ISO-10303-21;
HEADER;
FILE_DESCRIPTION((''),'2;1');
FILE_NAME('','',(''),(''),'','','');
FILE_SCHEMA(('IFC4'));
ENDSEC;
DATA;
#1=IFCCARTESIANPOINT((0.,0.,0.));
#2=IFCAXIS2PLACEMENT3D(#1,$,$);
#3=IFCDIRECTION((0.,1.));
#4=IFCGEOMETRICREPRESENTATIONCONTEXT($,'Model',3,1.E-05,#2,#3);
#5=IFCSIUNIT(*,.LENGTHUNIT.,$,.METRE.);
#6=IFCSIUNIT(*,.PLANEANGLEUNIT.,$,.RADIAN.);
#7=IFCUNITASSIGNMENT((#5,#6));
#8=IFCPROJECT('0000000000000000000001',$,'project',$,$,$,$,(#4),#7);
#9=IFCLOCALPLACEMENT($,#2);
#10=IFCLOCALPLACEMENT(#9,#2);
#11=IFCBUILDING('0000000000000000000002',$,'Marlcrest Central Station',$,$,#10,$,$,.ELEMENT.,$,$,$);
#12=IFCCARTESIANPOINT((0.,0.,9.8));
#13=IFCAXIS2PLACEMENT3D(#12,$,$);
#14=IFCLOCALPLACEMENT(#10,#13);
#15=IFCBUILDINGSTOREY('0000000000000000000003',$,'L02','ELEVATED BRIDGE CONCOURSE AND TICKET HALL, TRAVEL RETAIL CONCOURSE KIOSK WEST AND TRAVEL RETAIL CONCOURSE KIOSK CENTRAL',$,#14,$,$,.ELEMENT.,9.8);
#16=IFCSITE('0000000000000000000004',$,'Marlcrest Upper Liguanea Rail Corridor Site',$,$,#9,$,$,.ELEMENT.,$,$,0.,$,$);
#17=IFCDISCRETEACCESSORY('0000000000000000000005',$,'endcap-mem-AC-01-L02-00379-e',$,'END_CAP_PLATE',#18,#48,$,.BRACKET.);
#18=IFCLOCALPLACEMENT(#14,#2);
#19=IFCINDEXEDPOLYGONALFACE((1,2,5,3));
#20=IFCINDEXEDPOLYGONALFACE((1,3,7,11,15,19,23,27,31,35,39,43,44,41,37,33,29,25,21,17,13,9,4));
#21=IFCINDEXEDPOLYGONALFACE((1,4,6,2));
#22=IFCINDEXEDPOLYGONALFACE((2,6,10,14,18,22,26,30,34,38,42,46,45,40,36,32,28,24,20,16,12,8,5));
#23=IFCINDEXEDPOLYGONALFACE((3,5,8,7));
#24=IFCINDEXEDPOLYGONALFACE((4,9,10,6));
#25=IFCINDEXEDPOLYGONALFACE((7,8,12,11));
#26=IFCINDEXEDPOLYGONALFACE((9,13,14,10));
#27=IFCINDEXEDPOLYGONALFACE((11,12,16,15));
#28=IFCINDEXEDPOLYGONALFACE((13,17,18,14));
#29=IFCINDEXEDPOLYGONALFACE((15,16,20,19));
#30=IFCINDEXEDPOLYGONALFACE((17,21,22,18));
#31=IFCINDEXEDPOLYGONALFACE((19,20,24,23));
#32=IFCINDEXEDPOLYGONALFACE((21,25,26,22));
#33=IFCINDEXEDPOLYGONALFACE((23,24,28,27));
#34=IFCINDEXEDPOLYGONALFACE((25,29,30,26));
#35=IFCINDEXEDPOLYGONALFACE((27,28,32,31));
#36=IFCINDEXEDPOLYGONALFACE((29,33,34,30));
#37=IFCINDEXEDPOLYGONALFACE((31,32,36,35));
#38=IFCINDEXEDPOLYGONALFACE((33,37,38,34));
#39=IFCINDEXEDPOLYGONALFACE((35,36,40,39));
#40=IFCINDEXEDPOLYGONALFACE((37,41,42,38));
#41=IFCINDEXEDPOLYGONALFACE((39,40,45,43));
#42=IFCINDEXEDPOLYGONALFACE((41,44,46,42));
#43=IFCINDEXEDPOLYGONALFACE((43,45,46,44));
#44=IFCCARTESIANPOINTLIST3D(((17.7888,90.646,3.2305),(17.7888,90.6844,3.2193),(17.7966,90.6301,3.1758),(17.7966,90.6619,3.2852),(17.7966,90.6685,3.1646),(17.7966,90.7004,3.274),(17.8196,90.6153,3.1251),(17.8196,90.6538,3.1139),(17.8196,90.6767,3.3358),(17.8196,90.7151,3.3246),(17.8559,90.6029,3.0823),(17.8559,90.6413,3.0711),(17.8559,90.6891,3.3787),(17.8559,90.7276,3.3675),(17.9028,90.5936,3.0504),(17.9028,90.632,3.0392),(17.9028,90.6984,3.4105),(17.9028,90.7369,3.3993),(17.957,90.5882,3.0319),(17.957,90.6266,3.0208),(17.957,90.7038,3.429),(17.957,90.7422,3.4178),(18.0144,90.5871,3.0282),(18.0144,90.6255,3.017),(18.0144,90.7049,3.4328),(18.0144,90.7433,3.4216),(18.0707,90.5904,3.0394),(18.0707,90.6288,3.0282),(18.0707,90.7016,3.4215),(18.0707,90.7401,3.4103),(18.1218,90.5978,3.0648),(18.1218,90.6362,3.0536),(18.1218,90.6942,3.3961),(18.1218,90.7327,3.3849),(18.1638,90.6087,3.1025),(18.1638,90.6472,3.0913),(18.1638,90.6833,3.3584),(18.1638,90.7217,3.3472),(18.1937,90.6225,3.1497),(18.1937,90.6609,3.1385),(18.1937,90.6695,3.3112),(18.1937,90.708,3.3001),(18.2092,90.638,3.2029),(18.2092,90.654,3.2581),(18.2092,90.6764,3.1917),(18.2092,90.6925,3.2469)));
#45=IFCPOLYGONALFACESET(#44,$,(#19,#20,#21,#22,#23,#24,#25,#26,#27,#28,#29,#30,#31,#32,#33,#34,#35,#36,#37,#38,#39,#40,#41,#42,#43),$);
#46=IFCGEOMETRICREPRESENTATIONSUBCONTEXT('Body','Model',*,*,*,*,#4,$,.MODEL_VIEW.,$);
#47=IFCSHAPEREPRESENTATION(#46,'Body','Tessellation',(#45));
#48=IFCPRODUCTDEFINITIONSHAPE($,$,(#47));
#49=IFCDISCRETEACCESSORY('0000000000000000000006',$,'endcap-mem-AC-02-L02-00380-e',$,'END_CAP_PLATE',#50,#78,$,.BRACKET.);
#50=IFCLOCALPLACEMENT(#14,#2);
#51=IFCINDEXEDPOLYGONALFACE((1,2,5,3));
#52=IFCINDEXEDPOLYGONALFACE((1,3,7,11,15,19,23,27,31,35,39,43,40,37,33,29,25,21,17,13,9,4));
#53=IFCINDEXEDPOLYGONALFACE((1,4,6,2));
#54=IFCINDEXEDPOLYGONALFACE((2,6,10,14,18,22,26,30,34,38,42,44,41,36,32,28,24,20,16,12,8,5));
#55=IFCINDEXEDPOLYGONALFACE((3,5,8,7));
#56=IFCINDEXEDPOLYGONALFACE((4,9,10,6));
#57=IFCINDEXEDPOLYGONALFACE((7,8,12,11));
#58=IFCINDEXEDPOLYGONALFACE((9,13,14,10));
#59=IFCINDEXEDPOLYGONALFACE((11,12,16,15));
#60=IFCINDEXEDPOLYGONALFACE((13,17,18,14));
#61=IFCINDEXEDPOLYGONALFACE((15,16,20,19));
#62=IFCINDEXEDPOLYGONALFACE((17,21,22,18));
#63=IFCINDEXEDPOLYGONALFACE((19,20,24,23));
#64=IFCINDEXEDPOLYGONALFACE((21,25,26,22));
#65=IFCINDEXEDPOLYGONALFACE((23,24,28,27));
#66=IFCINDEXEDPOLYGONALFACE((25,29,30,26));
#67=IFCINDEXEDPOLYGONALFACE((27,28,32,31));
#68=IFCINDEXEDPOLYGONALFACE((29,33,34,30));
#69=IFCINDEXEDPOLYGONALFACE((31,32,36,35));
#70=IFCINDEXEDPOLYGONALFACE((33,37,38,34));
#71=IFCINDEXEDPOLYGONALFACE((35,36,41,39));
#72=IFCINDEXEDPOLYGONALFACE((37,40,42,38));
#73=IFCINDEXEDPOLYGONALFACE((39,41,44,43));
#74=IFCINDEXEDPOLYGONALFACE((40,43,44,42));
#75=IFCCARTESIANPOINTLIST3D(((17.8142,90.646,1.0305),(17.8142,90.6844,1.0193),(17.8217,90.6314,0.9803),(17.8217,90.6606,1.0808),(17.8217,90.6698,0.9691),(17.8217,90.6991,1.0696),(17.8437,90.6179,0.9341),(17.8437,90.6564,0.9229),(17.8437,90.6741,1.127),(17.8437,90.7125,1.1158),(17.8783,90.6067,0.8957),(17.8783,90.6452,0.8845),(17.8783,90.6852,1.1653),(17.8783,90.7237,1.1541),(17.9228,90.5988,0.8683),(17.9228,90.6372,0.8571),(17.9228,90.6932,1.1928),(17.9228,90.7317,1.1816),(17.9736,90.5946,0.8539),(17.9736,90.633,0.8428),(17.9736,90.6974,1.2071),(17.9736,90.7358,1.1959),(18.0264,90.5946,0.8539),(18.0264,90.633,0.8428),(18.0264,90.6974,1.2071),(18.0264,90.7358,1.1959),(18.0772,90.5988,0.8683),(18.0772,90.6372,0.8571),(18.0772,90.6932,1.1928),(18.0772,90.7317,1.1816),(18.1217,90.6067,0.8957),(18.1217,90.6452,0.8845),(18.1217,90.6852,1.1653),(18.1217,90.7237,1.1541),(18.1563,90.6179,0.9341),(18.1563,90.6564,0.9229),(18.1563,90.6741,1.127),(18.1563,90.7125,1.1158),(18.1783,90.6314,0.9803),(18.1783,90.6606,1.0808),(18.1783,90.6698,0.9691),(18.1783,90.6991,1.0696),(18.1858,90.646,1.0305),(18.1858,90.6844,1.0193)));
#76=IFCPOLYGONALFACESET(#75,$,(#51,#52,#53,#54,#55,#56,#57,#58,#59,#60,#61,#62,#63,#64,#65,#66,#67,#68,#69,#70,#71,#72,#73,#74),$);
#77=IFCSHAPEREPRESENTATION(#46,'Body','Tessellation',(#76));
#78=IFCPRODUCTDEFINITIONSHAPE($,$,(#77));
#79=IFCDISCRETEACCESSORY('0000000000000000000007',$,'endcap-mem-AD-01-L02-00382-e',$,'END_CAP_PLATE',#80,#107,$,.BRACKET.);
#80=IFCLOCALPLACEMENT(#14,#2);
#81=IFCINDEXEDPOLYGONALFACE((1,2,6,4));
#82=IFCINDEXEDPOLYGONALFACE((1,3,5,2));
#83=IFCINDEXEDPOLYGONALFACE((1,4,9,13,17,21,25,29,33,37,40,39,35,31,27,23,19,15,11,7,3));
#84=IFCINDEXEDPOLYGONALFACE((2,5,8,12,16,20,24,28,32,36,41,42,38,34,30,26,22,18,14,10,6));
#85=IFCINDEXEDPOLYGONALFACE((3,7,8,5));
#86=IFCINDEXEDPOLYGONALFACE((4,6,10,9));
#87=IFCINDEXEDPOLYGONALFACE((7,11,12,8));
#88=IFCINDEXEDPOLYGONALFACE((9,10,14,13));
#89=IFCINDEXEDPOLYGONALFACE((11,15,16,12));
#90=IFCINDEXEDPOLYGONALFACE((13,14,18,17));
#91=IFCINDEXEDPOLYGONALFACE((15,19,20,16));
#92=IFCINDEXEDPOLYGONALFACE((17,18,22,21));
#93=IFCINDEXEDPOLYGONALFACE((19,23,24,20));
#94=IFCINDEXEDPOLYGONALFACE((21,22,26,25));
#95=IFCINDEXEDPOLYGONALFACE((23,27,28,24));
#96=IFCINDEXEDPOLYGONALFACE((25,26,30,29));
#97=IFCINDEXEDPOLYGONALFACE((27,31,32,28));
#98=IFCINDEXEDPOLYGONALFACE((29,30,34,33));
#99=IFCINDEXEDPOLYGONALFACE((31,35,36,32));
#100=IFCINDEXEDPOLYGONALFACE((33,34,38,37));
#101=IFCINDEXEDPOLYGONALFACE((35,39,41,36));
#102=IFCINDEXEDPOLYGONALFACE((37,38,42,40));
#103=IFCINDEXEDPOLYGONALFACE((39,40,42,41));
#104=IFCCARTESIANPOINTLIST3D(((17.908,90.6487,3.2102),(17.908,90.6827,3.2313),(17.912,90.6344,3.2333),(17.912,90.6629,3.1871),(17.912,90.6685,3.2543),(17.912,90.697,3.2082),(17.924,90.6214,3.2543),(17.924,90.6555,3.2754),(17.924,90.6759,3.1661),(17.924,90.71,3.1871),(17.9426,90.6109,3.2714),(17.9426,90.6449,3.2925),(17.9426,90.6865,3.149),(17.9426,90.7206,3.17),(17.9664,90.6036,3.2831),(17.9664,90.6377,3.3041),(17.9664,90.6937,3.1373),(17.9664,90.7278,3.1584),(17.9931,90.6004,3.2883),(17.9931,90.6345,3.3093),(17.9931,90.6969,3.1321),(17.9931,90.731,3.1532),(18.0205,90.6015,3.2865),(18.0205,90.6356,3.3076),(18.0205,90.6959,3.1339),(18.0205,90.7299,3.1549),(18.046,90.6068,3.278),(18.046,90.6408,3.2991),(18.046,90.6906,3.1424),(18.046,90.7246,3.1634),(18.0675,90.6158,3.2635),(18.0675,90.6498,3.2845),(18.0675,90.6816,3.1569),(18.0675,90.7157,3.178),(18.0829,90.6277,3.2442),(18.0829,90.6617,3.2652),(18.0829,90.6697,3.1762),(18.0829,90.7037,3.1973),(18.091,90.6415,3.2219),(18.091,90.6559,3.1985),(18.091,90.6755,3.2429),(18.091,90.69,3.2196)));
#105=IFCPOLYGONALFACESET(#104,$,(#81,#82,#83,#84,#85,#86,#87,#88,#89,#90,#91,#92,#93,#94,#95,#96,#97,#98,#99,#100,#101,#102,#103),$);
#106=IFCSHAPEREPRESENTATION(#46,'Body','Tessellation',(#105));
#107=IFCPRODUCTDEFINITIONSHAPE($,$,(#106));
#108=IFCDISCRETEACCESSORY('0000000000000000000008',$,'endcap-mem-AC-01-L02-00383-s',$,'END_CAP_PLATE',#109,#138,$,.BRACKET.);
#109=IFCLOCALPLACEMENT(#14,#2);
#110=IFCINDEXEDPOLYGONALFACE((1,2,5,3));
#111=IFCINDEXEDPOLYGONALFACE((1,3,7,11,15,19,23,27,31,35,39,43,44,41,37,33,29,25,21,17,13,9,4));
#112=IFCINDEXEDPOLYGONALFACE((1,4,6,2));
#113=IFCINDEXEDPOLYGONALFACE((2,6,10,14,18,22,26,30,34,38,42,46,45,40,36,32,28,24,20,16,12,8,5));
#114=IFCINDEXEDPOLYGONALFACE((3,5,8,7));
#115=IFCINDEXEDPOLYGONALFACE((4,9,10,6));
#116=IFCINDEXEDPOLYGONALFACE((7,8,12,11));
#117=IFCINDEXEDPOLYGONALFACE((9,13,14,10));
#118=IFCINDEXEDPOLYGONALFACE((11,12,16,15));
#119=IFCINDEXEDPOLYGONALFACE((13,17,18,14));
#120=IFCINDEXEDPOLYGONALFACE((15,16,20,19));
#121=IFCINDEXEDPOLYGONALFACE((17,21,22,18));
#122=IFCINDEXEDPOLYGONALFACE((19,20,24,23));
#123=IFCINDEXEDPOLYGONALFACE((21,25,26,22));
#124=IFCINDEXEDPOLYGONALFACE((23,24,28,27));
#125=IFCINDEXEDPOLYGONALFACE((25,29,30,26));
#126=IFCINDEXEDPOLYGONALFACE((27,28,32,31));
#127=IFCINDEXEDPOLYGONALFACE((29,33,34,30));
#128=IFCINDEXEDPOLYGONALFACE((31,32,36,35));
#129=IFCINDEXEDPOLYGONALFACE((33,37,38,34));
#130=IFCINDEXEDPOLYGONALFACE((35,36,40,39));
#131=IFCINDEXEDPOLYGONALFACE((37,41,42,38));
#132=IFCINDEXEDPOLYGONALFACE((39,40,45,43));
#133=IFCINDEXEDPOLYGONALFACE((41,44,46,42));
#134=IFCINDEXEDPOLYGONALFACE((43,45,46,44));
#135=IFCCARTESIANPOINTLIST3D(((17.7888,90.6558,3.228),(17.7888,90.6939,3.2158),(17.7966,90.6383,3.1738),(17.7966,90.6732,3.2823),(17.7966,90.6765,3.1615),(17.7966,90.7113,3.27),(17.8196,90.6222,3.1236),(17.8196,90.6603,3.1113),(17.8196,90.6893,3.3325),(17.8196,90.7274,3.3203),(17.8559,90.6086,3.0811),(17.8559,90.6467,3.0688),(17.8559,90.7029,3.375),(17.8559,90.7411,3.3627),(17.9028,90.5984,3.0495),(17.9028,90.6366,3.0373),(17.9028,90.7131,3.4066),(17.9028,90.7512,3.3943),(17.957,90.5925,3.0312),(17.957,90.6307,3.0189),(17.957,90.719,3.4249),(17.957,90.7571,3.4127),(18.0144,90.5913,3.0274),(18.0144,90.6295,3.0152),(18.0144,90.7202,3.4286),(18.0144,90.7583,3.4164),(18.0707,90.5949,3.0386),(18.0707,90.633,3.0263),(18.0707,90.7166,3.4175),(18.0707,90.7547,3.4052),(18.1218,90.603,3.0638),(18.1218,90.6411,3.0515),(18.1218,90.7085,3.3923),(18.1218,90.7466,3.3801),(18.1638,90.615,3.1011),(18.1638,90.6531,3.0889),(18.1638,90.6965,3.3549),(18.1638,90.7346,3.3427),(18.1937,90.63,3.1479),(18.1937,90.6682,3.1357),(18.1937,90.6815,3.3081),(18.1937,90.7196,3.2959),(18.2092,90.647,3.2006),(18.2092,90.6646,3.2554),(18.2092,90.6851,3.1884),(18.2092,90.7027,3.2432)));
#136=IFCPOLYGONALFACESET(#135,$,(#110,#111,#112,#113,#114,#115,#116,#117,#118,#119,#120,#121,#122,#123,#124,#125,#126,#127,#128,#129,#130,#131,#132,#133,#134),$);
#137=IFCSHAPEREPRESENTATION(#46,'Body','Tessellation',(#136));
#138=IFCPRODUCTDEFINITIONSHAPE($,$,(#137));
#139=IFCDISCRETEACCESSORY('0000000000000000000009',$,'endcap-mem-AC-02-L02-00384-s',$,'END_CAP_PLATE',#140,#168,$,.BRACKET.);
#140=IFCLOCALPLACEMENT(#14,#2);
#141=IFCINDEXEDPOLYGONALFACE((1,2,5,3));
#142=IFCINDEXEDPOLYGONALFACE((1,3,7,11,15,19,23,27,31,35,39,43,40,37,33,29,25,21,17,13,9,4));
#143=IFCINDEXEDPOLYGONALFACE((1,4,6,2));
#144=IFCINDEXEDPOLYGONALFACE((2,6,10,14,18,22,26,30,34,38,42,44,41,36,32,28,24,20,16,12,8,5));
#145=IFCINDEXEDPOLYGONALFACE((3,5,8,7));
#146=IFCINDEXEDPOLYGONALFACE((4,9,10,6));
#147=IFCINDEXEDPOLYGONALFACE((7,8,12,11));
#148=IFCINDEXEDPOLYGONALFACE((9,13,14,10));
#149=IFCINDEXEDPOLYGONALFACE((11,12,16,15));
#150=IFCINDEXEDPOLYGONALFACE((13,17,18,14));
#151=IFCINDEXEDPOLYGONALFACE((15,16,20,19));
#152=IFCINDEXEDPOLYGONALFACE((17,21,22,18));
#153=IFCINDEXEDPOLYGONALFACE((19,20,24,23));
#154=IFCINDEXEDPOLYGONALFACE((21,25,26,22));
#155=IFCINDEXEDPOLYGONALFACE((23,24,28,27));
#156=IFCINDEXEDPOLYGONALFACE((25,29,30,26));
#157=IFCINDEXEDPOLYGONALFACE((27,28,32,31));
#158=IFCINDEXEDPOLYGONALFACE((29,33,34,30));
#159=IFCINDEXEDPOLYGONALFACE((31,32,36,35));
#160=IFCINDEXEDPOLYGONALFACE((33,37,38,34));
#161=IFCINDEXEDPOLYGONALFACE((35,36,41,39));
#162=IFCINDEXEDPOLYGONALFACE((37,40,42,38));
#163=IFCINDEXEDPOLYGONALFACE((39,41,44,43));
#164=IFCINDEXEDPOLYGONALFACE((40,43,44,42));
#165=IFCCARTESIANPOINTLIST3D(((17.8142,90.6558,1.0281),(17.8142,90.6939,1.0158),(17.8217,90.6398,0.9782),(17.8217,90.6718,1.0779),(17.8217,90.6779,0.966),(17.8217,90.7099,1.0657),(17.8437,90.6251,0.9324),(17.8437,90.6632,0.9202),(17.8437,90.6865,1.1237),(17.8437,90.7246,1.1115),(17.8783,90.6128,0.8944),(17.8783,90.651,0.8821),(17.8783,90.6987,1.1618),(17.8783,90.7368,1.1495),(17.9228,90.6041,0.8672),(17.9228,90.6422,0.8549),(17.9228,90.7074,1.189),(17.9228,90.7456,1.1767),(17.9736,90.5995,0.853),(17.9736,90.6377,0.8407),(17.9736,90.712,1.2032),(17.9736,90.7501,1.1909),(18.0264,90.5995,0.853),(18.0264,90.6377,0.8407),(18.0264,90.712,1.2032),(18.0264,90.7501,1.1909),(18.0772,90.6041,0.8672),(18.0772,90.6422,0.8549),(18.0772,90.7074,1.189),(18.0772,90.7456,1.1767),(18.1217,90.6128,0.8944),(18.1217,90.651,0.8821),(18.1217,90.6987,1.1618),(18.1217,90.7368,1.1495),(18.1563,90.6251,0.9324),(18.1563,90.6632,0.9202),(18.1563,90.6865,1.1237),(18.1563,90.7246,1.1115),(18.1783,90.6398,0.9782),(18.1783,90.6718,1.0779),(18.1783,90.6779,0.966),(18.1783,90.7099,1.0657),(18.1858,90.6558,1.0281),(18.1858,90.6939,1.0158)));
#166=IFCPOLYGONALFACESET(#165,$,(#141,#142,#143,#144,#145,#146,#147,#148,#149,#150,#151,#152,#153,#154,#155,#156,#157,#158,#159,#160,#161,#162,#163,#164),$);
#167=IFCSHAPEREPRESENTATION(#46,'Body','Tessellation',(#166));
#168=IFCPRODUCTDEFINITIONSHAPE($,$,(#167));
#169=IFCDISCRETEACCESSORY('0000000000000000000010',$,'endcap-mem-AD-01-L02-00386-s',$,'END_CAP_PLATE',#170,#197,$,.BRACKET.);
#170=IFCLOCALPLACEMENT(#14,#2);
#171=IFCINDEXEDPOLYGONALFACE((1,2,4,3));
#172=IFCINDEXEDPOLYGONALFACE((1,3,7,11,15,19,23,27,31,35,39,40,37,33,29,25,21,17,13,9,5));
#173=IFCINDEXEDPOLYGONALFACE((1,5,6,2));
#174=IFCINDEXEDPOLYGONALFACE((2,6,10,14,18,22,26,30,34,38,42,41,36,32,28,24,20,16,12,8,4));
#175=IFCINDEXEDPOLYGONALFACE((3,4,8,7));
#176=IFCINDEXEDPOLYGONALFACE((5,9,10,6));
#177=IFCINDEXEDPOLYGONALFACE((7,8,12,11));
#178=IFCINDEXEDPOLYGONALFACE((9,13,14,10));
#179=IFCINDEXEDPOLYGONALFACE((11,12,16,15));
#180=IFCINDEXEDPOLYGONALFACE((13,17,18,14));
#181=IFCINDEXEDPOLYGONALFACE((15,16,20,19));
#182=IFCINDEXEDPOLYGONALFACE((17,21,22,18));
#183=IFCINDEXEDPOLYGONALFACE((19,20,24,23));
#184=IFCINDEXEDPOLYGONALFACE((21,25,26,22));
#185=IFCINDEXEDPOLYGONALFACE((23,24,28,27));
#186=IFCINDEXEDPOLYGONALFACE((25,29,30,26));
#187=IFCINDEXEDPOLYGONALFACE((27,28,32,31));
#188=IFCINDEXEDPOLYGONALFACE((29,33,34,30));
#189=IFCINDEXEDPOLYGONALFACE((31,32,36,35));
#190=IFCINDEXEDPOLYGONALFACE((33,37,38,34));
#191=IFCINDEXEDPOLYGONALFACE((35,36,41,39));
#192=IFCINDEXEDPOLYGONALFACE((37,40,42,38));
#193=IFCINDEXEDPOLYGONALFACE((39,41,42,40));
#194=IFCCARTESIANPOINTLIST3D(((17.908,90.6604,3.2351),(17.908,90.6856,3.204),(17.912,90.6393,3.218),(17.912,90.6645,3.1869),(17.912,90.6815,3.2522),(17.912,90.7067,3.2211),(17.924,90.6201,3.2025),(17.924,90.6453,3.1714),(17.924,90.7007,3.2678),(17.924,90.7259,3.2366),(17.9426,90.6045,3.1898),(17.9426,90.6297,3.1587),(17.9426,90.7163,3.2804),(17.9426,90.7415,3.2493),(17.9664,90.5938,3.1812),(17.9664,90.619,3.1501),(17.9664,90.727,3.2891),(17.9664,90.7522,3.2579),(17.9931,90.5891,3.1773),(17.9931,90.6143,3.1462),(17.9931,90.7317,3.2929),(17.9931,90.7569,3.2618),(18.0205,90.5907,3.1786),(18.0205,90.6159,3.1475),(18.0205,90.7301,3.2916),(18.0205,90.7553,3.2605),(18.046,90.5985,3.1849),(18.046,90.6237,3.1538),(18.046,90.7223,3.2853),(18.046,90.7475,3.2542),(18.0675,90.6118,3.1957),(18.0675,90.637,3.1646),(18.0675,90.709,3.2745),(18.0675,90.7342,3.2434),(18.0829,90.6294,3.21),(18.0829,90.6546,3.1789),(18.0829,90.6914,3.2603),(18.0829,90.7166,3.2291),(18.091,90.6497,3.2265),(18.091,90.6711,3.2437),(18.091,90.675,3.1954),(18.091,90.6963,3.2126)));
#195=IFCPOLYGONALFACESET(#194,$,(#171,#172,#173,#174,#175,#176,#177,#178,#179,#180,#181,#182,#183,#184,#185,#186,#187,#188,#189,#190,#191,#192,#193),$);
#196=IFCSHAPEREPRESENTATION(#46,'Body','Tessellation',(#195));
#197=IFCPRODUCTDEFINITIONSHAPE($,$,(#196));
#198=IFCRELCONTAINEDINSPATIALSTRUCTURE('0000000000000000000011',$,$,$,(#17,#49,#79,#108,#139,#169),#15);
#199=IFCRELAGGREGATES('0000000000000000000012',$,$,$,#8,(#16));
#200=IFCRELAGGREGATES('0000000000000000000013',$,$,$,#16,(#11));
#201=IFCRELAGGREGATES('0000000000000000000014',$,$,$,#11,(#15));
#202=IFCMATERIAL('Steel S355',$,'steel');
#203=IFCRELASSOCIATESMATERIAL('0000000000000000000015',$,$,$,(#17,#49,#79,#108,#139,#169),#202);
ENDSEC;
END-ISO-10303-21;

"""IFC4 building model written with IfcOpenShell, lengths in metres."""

from ifc_helpers import new_model, si_unit, direction, frame, origin, origin_2d, place, context, subcontext, project, spatial, circle, extrude, material, element, save


model = new_model("IFC4")

# Units and contexts
model_context = context("Model", 3, precision=1e-05, world=origin(), true_north=direction((0.0, 1.0)))
body_context = subcontext(model_context, "Body", "Model", "MODEL_VIEW")
ifc_project = project(units=[si_unit("LENGTHUNIT", "METRE"), si_unit("PLANEANGLEUNIT", "RADIAN")], contexts=[model_context])

# Site, building, storey
site_placement = place(None, origin())
site = spatial("IfcSite", under=ifc_project, at=site_placement, Name="Marlcrest Upper Liguanea Rail Corridor Site", CompositionType="ELEMENT", RefElevation=0.0)
building_placement = place(site_placement, origin())
building = spatial("IfcBuilding", under=site, at=building_placement, Name="Marlcrest Central Station", CompositionType="ELEMENT")
storey_placement = place(building_placement, frame((0.0, 0.0, 9.8)))
storey = spatial("IfcBuildingStorey", under=building, at=storey_placement, Name="L02", Description="ELEVATED BRIDGE CONCOURSE AND TICKET HALL, TRAVEL RETAIL CONCOURSE KIOSK WEST AND TRAVEL RETAIL CONCOURSE KIOSK CENTRAL", CompositionType="ELEMENT", Elevation=9.8)

# Shared definitions
ifc_material_1 = material(Name="Steel S355", Category="steel")

# Discrete accessories
discrete_accessory_1_placement = place(storey_placement, frame((18.0, 90.646, 3.2305), z_axis=(0.0, 0.96013, -0.279554), x_axis=(-1.0, 0.0, 0.0)))
element("IfcDiscreteAccessory", 1, at=discrete_accessory_1_placement, inside=storey, material=ifc_material_1, Name="endcap-mem-AC-01-L02-00379-e", ObjectType="END_CAP_PLATE", PredefinedType="BRACKET", context=body_context, shape_type="SweptSolid", body=[
    extrude(circle(Radius=0.2112, at=origin_2d()), origin(), (0.0, 0.0, 1.0), 0.04),
])
discrete_accessory_2_placement = place(storey_placement, frame((18.0, 90.646, 1.0305), z_axis=(0.0, 0.96013, -0.279554), x_axis=(-1.0, 0.0, 0.0)))
element("IfcDiscreteAccessory", 2, at=discrete_accessory_2_placement, inside=storey, material=ifc_material_1, Name="endcap-mem-AC-02-L02-00380-e", ObjectType="END_CAP_PLATE", PredefinedType="BRACKET", context=body_context, shape_type="SweptSolid", body=[
    extrude(circle(Radius=0.1858, at=origin_2d()), origin(), (0.0, 0.0, 1.0), 0.04),
])
discrete_accessory_3_placement = place(storey_placement, frame((18.0, 90.6487, 3.2102), z_axis=(0.0, 0.850687, 0.525672), x_axis=(-1.0, 0.0, 0.0)))
element("IfcDiscreteAccessory", 3, at=discrete_accessory_3_placement, inside=storey, material=ifc_material_1, Name="endcap-mem-AD-01-L02-00382-e", ObjectType="END_CAP_PLATE", PredefinedType="BRACKET", context=body_context, shape_type="SweptSolid", body=[
    extrude(circle(Radius=0.092, at=origin_2d()), origin(), (0.0, 0.0, 1.0), 0.04),
])
discrete_accessory_4_placement = place(storey_placement, frame((18.0, 90.6558, 3.228), z_axis=(0.0, 0.952117, -0.305734), x_axis=(-1.0, 0.0, 0.0)))
element("IfcDiscreteAccessory", 4, at=discrete_accessory_4_placement, inside=storey, material=ifc_material_1, Name="endcap-mem-AC-01-L02-00383-s", ObjectType="END_CAP_PLATE", PredefinedType="BRACKET", context=body_context, shape_type="SweptSolid", body=[
    extrude(circle(Radius=0.2112, at=origin_2d()), origin(), (0.0, 0.0, 1.0), 0.04),
])
discrete_accessory_5_placement = place(storey_placement, frame((18.0, 90.6558, 1.0281), z_axis=(0.0, 0.952117, -0.305734), x_axis=(-1.0, 0.0, 0.0)))
element("IfcDiscreteAccessory", 5, at=discrete_accessory_5_placement, inside=storey, material=ifc_material_1, Name="endcap-mem-AC-02-L02-00384-s", ObjectType="END_CAP_PLATE", PredefinedType="BRACKET", context=body_context, shape_type="SweptSolid", body=[
    extrude(circle(Radius=0.1858, at=origin_2d()), origin(), (0.0, 0.0, 1.0), 0.04),
])
discrete_accessory_6_placement = place(storey_placement, frame((18.0, 90.6604, 3.2351), z_axis=(0.0, 0.629629, -0.776896), x_axis=(-1.0, 0.0, 0.0)))
element("IfcDiscreteAccessory", 6, at=discrete_accessory_6_placement, inside=storey, material=ifc_material_1, Name="endcap-mem-AD-01-L02-00386-s", ObjectType="END_CAP_PLATE", PredefinedType="BRACKET", context=body_context, shape_type="SweptSolid", body=[
    extrude(circle(Radius=0.092, at=origin_2d()), origin(), (0.0, 0.0, 1.0), 0.04),
])

save(model, "model.ifc")
